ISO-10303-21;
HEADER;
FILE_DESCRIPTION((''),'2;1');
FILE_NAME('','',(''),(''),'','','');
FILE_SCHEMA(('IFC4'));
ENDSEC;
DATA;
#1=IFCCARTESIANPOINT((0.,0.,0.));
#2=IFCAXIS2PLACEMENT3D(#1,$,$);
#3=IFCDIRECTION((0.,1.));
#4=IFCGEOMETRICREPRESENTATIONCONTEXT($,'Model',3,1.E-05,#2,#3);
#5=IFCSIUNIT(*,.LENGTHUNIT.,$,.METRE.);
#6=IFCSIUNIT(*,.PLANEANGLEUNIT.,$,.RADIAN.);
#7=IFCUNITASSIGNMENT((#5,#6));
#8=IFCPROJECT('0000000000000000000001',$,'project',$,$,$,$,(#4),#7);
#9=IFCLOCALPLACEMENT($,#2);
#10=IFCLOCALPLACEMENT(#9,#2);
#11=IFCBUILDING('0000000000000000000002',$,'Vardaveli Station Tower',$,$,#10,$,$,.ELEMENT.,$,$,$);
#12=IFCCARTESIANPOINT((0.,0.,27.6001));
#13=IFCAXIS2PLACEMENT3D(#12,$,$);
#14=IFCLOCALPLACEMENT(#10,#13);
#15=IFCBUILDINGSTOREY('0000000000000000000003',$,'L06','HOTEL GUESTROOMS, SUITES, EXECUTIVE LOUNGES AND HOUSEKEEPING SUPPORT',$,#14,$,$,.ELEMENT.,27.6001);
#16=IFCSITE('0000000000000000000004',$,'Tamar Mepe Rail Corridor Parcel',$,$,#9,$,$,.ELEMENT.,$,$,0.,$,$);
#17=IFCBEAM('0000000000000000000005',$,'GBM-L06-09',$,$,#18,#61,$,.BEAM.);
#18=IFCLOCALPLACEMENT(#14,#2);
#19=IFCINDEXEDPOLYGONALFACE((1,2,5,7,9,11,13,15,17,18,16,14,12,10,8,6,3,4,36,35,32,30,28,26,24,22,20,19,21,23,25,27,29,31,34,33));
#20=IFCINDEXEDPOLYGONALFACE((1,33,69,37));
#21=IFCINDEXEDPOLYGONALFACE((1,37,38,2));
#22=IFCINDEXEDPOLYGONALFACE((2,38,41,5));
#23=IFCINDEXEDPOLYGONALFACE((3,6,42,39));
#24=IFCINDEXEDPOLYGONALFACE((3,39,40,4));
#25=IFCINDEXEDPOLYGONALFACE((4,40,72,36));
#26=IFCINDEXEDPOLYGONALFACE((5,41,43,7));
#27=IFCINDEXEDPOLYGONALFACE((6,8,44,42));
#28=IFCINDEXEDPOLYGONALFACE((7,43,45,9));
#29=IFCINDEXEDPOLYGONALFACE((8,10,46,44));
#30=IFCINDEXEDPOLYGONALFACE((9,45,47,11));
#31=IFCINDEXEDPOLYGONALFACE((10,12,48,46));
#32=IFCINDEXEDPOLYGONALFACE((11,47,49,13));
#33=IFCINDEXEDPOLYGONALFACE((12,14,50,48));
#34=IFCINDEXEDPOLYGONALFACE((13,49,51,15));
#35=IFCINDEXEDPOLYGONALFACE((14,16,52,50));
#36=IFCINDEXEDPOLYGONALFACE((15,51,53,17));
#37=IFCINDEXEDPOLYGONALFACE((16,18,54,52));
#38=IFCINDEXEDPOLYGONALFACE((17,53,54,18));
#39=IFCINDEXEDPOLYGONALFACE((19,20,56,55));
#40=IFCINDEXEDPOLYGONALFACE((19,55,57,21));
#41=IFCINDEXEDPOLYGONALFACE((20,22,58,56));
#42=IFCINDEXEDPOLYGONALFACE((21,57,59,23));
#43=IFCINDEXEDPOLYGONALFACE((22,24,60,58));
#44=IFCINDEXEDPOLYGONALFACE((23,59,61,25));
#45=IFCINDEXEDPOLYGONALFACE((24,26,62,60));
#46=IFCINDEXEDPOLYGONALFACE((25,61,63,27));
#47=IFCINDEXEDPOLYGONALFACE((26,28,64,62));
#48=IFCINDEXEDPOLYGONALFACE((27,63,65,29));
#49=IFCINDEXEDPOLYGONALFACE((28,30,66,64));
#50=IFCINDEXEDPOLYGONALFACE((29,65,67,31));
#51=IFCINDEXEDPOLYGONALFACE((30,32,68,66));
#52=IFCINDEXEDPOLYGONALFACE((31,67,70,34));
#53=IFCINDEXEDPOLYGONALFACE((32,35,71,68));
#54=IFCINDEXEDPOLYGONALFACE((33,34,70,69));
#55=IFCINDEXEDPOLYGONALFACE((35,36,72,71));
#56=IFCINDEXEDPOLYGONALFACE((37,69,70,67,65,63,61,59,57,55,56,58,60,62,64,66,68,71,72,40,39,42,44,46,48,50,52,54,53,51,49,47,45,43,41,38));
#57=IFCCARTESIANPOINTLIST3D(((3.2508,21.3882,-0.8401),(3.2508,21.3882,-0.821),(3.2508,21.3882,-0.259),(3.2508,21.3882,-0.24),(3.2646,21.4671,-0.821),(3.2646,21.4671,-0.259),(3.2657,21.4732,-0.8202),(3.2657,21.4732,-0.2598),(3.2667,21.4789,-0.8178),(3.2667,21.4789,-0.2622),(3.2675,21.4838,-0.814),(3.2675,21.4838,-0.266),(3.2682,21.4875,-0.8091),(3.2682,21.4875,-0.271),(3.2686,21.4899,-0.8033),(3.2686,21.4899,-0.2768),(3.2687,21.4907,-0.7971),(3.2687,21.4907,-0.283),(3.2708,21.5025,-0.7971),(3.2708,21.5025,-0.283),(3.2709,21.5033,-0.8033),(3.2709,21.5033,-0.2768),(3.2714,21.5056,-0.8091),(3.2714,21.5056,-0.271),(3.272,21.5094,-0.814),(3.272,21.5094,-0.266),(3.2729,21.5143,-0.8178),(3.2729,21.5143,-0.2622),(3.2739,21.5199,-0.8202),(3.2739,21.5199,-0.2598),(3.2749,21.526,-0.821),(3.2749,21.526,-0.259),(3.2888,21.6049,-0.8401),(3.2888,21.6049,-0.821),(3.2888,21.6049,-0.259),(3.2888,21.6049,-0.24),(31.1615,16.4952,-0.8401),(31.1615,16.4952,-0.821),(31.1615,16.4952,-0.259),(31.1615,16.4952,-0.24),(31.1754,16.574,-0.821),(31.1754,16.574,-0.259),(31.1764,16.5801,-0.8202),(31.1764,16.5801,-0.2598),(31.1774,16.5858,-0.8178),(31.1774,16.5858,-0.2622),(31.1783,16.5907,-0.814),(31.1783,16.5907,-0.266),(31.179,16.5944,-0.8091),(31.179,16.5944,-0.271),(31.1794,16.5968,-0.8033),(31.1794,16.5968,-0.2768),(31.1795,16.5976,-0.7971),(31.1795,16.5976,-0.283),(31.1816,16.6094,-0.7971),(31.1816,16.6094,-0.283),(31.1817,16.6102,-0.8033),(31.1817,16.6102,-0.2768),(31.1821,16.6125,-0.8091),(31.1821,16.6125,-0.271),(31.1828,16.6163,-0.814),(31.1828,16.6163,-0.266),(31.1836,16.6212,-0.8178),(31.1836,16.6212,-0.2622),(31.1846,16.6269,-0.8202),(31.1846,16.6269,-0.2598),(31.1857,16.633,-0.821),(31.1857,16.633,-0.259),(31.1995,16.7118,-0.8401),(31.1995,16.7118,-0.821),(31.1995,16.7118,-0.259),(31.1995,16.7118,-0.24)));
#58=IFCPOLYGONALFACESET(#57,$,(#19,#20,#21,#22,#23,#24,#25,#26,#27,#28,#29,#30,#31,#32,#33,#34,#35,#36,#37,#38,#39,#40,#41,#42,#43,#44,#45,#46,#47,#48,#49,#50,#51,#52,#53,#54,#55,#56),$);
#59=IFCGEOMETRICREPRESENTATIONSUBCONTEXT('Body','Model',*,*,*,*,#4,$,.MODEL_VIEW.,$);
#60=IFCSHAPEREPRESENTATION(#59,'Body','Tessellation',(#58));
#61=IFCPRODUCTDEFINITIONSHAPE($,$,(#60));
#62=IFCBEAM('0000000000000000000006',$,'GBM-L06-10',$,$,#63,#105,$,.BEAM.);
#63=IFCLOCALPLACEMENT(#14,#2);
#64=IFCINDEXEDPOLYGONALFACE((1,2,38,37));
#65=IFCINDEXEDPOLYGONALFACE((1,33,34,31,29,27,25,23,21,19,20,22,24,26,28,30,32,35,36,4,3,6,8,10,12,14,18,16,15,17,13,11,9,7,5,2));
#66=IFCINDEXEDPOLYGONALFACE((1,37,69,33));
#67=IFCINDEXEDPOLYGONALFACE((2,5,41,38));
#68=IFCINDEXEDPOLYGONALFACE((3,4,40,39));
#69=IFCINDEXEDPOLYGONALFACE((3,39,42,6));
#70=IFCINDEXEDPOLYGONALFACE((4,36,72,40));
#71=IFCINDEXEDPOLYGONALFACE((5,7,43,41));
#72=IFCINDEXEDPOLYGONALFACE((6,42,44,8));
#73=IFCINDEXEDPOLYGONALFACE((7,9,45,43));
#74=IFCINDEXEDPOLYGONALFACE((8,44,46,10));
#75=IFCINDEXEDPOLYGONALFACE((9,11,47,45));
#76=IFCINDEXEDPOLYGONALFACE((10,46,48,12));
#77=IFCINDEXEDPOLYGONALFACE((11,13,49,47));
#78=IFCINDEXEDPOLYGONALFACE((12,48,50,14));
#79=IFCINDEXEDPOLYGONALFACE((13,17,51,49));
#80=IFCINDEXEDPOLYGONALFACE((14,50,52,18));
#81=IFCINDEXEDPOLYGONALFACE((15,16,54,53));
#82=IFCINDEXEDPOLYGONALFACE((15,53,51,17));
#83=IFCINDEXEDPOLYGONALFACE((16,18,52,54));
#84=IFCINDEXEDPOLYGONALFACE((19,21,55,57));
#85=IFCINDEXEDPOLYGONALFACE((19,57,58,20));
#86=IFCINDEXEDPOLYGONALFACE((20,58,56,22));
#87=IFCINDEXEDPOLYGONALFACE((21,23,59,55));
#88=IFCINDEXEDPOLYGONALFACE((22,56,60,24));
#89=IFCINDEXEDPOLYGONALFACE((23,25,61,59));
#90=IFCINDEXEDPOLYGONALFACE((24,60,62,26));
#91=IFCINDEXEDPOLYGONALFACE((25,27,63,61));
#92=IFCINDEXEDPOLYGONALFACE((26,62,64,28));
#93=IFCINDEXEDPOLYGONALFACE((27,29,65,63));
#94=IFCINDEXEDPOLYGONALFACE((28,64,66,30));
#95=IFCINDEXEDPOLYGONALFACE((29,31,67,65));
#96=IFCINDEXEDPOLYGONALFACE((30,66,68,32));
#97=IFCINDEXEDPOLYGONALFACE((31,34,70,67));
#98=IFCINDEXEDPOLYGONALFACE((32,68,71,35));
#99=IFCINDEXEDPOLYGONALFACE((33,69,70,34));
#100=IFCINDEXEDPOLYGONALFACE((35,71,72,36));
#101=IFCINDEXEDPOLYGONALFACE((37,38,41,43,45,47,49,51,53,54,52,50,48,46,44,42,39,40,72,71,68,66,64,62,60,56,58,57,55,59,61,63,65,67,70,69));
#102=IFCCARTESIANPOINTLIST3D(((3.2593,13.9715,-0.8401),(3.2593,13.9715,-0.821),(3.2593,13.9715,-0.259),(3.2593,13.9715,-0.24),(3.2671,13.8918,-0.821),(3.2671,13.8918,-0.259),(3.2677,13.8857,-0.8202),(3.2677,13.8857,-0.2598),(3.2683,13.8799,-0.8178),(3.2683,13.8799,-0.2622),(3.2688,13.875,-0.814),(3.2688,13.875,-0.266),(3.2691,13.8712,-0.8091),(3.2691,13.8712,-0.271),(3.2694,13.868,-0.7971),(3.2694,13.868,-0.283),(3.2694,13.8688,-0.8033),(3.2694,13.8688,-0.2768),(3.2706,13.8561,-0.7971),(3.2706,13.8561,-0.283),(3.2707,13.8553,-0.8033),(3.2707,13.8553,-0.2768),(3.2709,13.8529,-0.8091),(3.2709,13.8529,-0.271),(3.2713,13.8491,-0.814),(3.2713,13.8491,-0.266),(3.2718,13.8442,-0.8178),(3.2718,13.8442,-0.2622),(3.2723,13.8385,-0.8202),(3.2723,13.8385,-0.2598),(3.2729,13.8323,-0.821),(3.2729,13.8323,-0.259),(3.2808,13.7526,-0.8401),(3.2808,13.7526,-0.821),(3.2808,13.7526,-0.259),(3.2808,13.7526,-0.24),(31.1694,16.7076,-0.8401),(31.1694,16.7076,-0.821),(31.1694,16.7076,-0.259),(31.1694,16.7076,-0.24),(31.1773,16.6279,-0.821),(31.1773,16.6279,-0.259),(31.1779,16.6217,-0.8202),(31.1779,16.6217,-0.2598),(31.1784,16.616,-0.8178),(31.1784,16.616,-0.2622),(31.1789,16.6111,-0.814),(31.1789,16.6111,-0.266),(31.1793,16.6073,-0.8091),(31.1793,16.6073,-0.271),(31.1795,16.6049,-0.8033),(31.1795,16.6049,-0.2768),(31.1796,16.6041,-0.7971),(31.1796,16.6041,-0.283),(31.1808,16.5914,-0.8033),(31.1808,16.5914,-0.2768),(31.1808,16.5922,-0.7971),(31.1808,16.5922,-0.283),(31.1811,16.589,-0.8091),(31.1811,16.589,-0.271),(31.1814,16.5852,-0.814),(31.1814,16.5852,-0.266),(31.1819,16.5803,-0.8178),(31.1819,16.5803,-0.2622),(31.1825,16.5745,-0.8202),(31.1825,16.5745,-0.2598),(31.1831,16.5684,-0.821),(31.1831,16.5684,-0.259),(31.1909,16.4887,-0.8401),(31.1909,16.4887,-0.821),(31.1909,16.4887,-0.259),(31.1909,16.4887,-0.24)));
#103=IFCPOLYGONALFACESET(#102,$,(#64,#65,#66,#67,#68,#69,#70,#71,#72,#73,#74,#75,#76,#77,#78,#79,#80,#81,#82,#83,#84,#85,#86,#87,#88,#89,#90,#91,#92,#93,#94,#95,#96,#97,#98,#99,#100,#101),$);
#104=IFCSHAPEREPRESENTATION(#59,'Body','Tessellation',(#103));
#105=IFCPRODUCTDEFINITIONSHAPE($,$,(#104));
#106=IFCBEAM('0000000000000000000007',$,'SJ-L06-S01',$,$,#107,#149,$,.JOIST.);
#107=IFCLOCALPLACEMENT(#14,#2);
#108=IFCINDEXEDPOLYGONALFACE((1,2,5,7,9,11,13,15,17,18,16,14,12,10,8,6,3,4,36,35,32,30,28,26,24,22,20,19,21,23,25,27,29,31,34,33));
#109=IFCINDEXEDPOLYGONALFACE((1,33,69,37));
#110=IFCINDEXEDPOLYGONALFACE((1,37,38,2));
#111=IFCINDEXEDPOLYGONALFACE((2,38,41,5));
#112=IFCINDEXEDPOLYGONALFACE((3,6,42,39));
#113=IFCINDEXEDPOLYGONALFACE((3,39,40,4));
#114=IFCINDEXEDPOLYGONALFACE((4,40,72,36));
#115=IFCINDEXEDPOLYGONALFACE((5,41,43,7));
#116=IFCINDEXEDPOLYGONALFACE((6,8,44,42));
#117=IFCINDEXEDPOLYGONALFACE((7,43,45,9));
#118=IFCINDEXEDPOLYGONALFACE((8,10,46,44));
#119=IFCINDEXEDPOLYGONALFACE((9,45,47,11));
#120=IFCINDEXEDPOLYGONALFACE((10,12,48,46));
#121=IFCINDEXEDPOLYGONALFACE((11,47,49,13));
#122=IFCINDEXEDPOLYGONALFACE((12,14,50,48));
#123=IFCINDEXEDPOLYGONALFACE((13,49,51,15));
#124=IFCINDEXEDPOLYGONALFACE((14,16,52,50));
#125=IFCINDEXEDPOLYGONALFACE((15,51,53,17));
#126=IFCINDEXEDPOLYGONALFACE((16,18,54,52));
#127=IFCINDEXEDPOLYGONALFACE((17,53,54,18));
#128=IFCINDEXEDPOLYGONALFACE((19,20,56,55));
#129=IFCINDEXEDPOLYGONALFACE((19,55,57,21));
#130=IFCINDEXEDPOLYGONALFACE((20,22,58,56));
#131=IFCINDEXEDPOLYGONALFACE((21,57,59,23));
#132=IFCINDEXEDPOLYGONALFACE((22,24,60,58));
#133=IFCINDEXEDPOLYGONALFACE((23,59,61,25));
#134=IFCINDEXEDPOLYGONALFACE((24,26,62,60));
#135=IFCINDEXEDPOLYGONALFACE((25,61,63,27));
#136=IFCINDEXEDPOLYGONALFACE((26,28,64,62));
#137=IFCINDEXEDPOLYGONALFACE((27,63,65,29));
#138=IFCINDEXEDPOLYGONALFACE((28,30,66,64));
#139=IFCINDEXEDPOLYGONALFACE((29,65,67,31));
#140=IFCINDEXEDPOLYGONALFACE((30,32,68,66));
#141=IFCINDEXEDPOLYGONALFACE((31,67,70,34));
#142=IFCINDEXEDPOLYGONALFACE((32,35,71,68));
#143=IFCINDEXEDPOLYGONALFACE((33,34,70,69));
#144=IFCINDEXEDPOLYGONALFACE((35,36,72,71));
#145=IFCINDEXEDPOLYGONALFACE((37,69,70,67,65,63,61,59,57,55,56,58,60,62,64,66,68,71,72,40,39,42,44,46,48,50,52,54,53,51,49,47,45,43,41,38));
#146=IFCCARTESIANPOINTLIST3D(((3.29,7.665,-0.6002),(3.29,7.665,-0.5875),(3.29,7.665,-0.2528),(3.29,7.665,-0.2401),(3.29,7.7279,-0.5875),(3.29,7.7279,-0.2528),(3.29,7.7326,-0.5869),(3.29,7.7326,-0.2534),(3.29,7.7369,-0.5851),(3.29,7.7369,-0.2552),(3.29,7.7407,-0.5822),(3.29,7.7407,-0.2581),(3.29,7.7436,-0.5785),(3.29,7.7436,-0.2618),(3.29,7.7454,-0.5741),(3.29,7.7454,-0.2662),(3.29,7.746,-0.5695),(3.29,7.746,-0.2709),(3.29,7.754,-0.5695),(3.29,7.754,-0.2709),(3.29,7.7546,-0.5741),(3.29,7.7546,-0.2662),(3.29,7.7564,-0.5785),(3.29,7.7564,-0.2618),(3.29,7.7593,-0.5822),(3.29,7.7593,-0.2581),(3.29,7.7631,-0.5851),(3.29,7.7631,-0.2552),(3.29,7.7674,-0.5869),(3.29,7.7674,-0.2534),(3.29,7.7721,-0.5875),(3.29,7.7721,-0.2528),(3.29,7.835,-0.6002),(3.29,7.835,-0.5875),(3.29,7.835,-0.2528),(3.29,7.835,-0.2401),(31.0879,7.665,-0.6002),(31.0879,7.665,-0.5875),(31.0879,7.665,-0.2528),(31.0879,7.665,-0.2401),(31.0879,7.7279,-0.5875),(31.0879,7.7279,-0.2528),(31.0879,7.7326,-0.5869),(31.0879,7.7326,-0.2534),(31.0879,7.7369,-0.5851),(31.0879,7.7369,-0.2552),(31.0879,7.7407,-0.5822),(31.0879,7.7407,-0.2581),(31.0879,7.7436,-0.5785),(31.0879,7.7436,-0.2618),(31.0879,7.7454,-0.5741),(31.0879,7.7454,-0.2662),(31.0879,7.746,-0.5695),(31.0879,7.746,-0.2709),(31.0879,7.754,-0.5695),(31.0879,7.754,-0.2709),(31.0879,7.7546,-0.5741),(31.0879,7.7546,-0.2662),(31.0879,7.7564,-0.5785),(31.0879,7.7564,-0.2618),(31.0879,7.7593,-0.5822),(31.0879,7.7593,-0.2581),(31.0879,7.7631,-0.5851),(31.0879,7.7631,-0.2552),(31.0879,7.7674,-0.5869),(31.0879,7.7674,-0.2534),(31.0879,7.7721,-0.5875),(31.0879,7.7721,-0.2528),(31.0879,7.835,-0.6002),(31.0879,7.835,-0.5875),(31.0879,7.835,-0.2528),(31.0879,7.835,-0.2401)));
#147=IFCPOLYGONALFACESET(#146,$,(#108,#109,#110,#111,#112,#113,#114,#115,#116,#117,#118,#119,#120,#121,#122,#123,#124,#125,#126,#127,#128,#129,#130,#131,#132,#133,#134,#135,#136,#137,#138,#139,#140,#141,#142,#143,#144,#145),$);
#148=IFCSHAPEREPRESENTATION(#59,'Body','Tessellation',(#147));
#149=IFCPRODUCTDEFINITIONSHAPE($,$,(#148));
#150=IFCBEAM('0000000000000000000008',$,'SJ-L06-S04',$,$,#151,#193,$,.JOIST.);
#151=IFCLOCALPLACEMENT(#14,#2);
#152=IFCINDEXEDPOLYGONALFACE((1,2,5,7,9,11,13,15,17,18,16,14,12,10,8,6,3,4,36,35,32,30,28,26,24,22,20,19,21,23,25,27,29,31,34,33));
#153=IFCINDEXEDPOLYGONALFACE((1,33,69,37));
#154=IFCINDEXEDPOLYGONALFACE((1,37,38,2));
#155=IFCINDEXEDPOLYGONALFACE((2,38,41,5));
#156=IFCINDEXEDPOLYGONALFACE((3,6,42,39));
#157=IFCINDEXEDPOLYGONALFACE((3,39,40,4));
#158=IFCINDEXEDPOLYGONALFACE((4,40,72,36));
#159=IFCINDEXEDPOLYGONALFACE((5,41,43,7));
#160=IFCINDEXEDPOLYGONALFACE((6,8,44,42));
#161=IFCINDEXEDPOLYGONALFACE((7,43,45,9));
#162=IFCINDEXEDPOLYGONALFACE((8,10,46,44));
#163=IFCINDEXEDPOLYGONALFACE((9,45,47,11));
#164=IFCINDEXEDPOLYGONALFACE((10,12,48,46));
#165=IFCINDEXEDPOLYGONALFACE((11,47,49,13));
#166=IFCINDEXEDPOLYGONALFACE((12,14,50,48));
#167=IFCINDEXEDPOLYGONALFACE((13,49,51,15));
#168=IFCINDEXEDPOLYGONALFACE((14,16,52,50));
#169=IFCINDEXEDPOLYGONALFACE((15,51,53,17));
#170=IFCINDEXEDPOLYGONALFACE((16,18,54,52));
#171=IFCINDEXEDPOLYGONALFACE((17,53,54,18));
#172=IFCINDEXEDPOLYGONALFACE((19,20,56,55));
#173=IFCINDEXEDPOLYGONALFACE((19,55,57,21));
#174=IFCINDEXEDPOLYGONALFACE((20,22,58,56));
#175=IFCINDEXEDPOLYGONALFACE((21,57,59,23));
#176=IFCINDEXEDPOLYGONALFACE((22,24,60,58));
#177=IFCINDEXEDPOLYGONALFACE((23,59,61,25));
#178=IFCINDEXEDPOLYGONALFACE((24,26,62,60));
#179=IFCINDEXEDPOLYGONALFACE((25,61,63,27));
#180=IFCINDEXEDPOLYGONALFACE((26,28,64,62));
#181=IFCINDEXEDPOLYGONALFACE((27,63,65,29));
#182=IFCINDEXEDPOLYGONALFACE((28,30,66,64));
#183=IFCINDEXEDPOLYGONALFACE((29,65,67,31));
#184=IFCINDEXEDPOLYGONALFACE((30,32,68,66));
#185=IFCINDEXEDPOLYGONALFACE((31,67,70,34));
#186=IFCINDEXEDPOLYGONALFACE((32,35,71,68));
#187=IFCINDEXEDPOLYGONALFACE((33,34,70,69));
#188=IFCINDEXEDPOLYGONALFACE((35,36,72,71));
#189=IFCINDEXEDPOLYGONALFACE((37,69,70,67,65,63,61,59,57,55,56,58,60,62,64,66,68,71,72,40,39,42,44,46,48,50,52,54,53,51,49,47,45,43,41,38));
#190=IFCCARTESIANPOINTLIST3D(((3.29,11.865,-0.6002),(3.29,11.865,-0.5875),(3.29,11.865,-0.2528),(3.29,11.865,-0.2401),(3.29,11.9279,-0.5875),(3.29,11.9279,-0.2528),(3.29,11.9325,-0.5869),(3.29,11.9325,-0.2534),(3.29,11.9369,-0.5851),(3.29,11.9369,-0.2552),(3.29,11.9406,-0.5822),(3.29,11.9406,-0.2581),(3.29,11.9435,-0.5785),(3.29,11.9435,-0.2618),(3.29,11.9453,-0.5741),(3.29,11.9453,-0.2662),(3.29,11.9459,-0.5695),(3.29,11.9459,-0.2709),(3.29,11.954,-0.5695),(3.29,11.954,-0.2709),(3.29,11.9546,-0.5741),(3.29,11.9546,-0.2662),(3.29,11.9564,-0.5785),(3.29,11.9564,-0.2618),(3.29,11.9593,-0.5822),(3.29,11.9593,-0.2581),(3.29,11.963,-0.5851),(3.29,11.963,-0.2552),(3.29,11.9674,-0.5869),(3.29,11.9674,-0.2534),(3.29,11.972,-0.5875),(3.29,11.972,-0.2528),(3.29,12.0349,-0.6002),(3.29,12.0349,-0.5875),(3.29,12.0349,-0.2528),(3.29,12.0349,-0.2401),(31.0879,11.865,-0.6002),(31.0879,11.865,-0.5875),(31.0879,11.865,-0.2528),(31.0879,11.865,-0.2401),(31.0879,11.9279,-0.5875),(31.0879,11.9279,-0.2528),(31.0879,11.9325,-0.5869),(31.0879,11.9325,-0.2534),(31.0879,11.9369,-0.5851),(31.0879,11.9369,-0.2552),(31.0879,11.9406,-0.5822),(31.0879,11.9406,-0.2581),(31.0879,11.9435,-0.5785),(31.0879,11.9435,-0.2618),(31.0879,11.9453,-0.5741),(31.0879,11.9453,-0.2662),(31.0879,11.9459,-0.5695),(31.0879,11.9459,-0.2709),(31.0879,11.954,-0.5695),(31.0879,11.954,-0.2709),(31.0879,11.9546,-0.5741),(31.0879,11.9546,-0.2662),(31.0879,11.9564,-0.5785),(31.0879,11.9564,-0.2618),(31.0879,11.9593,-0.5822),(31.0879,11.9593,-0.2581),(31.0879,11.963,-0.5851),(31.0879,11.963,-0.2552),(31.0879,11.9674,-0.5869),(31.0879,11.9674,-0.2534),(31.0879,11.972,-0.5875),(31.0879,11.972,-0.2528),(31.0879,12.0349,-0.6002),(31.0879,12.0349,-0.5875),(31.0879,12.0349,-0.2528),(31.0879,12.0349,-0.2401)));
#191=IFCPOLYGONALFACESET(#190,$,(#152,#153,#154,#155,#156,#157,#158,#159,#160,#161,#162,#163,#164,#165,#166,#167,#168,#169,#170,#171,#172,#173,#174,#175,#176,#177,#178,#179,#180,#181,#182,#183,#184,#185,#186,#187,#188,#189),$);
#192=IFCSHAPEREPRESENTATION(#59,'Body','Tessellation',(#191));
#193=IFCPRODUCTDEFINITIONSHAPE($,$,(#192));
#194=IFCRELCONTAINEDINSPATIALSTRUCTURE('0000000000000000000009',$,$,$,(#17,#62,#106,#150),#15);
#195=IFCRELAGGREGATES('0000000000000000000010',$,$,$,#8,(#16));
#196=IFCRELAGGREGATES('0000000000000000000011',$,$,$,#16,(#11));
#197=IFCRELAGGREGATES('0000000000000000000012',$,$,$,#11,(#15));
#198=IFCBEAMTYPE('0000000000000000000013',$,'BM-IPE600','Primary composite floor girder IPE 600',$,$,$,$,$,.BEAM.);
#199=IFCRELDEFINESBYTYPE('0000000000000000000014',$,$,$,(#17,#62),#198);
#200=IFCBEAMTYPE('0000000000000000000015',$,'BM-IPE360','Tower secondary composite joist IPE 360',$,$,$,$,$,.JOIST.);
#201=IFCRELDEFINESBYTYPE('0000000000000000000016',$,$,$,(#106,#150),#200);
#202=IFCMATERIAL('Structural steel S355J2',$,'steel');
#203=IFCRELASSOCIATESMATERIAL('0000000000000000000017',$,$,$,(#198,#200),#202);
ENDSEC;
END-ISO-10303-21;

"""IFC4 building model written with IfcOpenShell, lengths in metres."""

from ifc_helpers import new_model, si_unit, direction, frame, origin, origin_2d, place, context, subcontext, project, spatial, i_section, extrude, source, transform, mapped, material, material_profile, profile_set, type_object, element, save


model = new_model("IFC4")

# Units and contexts
model_context = context("Model", 3, precision=1e-05, world=origin(), true_north=direction((0.0, 1.0)))
body_context = subcontext(model_context, "Body", "Model", "MODEL_VIEW")
ifc_project = project(units=[si_unit("LENGTHUNIT", "METRE"), si_unit("PLANEANGLEUNIT", "RADIAN")], contexts=[model_context])

# Site, building, storey
site_placement = place(None, origin())
site = spatial("IfcSite", under=ifc_project, at=site_placement, Name="Tamar Mepe Rail Corridor Parcel", CompositionType="ELEMENT", RefElevation=0.0)
building_placement = place(site_placement, origin())
building = spatial("IfcBuilding", under=site, at=building_placement, Name="Vardaveli Station Tower", CompositionType="ELEMENT")
storey_placement = place(building_placement, frame((0.0, 0.0, 27.6001)))
storey = spatial("IfcBuildingStorey", under=building, at=storey_placement, Name="L06", Description="HOTEL GUESTROOMS, SUITES, EXECUTIVE LOUNGES AND HOUSEKEEPING SUPPORT", CompositionType="ELEMENT", Elevation=27.6001)

# Beams
ifc_material_1 = material(Name="Structural steel S355J2", Category="steel")
ifc_material_profile_1 = material_profile(ifc_material_1, i_section(OverallWidth=0.22, OverallDepth=0.6001, WebThickness=0.012, FlangeThickness=0.019, FilletRadius=0.0239, at=origin_2d()), Name="IPE 600")
ifc_profile_set_1 = profile_set([ifc_material_profile_1], Name="Structural steel S355J2")
beam_type_1 = type_object("IfcBeamType", Name="BM-IPE600", Description="Primary composite floor girder IPE 600", PredefinedType="BEAM", material=ifc_profile_set_1)
shared_shape_1 = source(origin(), body_context, "Body", "SweptSolid", [
    extrude(i_section(OverallWidth=0.22, OverallDepth=0.6001, WebThickness=0.012, FlangeThickness=0.019, FilletRadius=0.0239, at=origin_2d()), origin(), (0.0, 0.0, 1.0), 28.3364),
])
beam_1_placement = place(storey_placement, frame((3.2698, 21.4966, -0.54), z_axis=(0.984978, -0.172678, 0.0), x_axis=(0.172678, 0.984978, 0.0)))
element("IfcBeam", 1, at=beam_1_placement, inside=storey, type_object=beam_type_1, Name="GBM-L06-09", PredefinedType="BEAM", context=body_context, shape_type="MappedRepresentation", body=[
    mapped(shared_shape_1, transform((0.0, 0.0, 0.0), scale=1.0)),
])
shared_shape_2 = source(origin(), body_context, "Body", "SweptSolid", [
    extrude(i_section(OverallWidth=0.22, OverallDepth=0.6001, WebThickness=0.012, FlangeThickness=0.019, FilletRadius=0.0239, at=origin_2d()), origin(), (0.0, 0.0, 1.0), 28.0439),
])
beam_2_placement = place(storey_placement, frame((3.27, 13.8621, -0.54), z_axis=(0.995229, 0.097564, 0.0), x_axis=(-0.097564, 0.995229, 0.0)))
element("IfcBeam", 2, at=beam_2_placement, inside=storey, type_object=beam_type_1, Name="GBM-L06-10", PredefinedType="BEAM", context=body_context, shape_type="MappedRepresentation", body=[
    mapped(shared_shape_2, transform((0.0, 0.0, 0.0), scale=1.0)),
])
ifc_material_profile_2 = material_profile(ifc_material_1, i_section(OverallWidth=0.1699, OverallDepth=0.3601, WebThickness=0.0081, FlangeThickness=0.0127, FilletRadius=0.0181, at=origin_2d()), Name="IPE 360")
ifc_profile_set_2 = profile_set([ifc_material_profile_2], Name="Structural steel S355J2")
beam_type_2 = type_object("IfcBeamType", Name="BM-IPE360", Description="Tower secondary composite joist IPE 360", PredefinedType="JOIST", material=ifc_profile_set_2)
shared_shape_3 = source(origin(), body_context, "Body", "SweptSolid", [
    extrude(i_section(OverallWidth=0.1699, OverallDepth=0.3601, WebThickness=0.0081, FlangeThickness=0.0127, FilletRadius=0.0181, at=origin_2d()), origin(), (0.0, 0.0, 1.0), 27.7979),
])
for number, where, z_axis, x_axis, name in (
    (3, (3.29, 7.75, -0.4202), (1.0, 0.0, 0.0), (0.0, 1.0, 0.0), "SJ-L06-S01"),
    (4, (3.29, 11.95, -0.4202), (1.0, 0.0, 0.0), (0.0, 1.0, 0.0), "SJ-L06-S04"),
):
    element("IfcBeam", number, at=place(storey_placement, frame(where, z_axis=z_axis, x_axis=x_axis)), inside=storey, type_object=beam_type_2, Name=name, PredefinedType="JOIST", context=body_context, shape_type="MappedRepresentation", body=[
        mapped(shared_shape_3, transform((0.0, 0.0, 0.0), scale=1.0)),
    ])

save(model, "model.ifc")
